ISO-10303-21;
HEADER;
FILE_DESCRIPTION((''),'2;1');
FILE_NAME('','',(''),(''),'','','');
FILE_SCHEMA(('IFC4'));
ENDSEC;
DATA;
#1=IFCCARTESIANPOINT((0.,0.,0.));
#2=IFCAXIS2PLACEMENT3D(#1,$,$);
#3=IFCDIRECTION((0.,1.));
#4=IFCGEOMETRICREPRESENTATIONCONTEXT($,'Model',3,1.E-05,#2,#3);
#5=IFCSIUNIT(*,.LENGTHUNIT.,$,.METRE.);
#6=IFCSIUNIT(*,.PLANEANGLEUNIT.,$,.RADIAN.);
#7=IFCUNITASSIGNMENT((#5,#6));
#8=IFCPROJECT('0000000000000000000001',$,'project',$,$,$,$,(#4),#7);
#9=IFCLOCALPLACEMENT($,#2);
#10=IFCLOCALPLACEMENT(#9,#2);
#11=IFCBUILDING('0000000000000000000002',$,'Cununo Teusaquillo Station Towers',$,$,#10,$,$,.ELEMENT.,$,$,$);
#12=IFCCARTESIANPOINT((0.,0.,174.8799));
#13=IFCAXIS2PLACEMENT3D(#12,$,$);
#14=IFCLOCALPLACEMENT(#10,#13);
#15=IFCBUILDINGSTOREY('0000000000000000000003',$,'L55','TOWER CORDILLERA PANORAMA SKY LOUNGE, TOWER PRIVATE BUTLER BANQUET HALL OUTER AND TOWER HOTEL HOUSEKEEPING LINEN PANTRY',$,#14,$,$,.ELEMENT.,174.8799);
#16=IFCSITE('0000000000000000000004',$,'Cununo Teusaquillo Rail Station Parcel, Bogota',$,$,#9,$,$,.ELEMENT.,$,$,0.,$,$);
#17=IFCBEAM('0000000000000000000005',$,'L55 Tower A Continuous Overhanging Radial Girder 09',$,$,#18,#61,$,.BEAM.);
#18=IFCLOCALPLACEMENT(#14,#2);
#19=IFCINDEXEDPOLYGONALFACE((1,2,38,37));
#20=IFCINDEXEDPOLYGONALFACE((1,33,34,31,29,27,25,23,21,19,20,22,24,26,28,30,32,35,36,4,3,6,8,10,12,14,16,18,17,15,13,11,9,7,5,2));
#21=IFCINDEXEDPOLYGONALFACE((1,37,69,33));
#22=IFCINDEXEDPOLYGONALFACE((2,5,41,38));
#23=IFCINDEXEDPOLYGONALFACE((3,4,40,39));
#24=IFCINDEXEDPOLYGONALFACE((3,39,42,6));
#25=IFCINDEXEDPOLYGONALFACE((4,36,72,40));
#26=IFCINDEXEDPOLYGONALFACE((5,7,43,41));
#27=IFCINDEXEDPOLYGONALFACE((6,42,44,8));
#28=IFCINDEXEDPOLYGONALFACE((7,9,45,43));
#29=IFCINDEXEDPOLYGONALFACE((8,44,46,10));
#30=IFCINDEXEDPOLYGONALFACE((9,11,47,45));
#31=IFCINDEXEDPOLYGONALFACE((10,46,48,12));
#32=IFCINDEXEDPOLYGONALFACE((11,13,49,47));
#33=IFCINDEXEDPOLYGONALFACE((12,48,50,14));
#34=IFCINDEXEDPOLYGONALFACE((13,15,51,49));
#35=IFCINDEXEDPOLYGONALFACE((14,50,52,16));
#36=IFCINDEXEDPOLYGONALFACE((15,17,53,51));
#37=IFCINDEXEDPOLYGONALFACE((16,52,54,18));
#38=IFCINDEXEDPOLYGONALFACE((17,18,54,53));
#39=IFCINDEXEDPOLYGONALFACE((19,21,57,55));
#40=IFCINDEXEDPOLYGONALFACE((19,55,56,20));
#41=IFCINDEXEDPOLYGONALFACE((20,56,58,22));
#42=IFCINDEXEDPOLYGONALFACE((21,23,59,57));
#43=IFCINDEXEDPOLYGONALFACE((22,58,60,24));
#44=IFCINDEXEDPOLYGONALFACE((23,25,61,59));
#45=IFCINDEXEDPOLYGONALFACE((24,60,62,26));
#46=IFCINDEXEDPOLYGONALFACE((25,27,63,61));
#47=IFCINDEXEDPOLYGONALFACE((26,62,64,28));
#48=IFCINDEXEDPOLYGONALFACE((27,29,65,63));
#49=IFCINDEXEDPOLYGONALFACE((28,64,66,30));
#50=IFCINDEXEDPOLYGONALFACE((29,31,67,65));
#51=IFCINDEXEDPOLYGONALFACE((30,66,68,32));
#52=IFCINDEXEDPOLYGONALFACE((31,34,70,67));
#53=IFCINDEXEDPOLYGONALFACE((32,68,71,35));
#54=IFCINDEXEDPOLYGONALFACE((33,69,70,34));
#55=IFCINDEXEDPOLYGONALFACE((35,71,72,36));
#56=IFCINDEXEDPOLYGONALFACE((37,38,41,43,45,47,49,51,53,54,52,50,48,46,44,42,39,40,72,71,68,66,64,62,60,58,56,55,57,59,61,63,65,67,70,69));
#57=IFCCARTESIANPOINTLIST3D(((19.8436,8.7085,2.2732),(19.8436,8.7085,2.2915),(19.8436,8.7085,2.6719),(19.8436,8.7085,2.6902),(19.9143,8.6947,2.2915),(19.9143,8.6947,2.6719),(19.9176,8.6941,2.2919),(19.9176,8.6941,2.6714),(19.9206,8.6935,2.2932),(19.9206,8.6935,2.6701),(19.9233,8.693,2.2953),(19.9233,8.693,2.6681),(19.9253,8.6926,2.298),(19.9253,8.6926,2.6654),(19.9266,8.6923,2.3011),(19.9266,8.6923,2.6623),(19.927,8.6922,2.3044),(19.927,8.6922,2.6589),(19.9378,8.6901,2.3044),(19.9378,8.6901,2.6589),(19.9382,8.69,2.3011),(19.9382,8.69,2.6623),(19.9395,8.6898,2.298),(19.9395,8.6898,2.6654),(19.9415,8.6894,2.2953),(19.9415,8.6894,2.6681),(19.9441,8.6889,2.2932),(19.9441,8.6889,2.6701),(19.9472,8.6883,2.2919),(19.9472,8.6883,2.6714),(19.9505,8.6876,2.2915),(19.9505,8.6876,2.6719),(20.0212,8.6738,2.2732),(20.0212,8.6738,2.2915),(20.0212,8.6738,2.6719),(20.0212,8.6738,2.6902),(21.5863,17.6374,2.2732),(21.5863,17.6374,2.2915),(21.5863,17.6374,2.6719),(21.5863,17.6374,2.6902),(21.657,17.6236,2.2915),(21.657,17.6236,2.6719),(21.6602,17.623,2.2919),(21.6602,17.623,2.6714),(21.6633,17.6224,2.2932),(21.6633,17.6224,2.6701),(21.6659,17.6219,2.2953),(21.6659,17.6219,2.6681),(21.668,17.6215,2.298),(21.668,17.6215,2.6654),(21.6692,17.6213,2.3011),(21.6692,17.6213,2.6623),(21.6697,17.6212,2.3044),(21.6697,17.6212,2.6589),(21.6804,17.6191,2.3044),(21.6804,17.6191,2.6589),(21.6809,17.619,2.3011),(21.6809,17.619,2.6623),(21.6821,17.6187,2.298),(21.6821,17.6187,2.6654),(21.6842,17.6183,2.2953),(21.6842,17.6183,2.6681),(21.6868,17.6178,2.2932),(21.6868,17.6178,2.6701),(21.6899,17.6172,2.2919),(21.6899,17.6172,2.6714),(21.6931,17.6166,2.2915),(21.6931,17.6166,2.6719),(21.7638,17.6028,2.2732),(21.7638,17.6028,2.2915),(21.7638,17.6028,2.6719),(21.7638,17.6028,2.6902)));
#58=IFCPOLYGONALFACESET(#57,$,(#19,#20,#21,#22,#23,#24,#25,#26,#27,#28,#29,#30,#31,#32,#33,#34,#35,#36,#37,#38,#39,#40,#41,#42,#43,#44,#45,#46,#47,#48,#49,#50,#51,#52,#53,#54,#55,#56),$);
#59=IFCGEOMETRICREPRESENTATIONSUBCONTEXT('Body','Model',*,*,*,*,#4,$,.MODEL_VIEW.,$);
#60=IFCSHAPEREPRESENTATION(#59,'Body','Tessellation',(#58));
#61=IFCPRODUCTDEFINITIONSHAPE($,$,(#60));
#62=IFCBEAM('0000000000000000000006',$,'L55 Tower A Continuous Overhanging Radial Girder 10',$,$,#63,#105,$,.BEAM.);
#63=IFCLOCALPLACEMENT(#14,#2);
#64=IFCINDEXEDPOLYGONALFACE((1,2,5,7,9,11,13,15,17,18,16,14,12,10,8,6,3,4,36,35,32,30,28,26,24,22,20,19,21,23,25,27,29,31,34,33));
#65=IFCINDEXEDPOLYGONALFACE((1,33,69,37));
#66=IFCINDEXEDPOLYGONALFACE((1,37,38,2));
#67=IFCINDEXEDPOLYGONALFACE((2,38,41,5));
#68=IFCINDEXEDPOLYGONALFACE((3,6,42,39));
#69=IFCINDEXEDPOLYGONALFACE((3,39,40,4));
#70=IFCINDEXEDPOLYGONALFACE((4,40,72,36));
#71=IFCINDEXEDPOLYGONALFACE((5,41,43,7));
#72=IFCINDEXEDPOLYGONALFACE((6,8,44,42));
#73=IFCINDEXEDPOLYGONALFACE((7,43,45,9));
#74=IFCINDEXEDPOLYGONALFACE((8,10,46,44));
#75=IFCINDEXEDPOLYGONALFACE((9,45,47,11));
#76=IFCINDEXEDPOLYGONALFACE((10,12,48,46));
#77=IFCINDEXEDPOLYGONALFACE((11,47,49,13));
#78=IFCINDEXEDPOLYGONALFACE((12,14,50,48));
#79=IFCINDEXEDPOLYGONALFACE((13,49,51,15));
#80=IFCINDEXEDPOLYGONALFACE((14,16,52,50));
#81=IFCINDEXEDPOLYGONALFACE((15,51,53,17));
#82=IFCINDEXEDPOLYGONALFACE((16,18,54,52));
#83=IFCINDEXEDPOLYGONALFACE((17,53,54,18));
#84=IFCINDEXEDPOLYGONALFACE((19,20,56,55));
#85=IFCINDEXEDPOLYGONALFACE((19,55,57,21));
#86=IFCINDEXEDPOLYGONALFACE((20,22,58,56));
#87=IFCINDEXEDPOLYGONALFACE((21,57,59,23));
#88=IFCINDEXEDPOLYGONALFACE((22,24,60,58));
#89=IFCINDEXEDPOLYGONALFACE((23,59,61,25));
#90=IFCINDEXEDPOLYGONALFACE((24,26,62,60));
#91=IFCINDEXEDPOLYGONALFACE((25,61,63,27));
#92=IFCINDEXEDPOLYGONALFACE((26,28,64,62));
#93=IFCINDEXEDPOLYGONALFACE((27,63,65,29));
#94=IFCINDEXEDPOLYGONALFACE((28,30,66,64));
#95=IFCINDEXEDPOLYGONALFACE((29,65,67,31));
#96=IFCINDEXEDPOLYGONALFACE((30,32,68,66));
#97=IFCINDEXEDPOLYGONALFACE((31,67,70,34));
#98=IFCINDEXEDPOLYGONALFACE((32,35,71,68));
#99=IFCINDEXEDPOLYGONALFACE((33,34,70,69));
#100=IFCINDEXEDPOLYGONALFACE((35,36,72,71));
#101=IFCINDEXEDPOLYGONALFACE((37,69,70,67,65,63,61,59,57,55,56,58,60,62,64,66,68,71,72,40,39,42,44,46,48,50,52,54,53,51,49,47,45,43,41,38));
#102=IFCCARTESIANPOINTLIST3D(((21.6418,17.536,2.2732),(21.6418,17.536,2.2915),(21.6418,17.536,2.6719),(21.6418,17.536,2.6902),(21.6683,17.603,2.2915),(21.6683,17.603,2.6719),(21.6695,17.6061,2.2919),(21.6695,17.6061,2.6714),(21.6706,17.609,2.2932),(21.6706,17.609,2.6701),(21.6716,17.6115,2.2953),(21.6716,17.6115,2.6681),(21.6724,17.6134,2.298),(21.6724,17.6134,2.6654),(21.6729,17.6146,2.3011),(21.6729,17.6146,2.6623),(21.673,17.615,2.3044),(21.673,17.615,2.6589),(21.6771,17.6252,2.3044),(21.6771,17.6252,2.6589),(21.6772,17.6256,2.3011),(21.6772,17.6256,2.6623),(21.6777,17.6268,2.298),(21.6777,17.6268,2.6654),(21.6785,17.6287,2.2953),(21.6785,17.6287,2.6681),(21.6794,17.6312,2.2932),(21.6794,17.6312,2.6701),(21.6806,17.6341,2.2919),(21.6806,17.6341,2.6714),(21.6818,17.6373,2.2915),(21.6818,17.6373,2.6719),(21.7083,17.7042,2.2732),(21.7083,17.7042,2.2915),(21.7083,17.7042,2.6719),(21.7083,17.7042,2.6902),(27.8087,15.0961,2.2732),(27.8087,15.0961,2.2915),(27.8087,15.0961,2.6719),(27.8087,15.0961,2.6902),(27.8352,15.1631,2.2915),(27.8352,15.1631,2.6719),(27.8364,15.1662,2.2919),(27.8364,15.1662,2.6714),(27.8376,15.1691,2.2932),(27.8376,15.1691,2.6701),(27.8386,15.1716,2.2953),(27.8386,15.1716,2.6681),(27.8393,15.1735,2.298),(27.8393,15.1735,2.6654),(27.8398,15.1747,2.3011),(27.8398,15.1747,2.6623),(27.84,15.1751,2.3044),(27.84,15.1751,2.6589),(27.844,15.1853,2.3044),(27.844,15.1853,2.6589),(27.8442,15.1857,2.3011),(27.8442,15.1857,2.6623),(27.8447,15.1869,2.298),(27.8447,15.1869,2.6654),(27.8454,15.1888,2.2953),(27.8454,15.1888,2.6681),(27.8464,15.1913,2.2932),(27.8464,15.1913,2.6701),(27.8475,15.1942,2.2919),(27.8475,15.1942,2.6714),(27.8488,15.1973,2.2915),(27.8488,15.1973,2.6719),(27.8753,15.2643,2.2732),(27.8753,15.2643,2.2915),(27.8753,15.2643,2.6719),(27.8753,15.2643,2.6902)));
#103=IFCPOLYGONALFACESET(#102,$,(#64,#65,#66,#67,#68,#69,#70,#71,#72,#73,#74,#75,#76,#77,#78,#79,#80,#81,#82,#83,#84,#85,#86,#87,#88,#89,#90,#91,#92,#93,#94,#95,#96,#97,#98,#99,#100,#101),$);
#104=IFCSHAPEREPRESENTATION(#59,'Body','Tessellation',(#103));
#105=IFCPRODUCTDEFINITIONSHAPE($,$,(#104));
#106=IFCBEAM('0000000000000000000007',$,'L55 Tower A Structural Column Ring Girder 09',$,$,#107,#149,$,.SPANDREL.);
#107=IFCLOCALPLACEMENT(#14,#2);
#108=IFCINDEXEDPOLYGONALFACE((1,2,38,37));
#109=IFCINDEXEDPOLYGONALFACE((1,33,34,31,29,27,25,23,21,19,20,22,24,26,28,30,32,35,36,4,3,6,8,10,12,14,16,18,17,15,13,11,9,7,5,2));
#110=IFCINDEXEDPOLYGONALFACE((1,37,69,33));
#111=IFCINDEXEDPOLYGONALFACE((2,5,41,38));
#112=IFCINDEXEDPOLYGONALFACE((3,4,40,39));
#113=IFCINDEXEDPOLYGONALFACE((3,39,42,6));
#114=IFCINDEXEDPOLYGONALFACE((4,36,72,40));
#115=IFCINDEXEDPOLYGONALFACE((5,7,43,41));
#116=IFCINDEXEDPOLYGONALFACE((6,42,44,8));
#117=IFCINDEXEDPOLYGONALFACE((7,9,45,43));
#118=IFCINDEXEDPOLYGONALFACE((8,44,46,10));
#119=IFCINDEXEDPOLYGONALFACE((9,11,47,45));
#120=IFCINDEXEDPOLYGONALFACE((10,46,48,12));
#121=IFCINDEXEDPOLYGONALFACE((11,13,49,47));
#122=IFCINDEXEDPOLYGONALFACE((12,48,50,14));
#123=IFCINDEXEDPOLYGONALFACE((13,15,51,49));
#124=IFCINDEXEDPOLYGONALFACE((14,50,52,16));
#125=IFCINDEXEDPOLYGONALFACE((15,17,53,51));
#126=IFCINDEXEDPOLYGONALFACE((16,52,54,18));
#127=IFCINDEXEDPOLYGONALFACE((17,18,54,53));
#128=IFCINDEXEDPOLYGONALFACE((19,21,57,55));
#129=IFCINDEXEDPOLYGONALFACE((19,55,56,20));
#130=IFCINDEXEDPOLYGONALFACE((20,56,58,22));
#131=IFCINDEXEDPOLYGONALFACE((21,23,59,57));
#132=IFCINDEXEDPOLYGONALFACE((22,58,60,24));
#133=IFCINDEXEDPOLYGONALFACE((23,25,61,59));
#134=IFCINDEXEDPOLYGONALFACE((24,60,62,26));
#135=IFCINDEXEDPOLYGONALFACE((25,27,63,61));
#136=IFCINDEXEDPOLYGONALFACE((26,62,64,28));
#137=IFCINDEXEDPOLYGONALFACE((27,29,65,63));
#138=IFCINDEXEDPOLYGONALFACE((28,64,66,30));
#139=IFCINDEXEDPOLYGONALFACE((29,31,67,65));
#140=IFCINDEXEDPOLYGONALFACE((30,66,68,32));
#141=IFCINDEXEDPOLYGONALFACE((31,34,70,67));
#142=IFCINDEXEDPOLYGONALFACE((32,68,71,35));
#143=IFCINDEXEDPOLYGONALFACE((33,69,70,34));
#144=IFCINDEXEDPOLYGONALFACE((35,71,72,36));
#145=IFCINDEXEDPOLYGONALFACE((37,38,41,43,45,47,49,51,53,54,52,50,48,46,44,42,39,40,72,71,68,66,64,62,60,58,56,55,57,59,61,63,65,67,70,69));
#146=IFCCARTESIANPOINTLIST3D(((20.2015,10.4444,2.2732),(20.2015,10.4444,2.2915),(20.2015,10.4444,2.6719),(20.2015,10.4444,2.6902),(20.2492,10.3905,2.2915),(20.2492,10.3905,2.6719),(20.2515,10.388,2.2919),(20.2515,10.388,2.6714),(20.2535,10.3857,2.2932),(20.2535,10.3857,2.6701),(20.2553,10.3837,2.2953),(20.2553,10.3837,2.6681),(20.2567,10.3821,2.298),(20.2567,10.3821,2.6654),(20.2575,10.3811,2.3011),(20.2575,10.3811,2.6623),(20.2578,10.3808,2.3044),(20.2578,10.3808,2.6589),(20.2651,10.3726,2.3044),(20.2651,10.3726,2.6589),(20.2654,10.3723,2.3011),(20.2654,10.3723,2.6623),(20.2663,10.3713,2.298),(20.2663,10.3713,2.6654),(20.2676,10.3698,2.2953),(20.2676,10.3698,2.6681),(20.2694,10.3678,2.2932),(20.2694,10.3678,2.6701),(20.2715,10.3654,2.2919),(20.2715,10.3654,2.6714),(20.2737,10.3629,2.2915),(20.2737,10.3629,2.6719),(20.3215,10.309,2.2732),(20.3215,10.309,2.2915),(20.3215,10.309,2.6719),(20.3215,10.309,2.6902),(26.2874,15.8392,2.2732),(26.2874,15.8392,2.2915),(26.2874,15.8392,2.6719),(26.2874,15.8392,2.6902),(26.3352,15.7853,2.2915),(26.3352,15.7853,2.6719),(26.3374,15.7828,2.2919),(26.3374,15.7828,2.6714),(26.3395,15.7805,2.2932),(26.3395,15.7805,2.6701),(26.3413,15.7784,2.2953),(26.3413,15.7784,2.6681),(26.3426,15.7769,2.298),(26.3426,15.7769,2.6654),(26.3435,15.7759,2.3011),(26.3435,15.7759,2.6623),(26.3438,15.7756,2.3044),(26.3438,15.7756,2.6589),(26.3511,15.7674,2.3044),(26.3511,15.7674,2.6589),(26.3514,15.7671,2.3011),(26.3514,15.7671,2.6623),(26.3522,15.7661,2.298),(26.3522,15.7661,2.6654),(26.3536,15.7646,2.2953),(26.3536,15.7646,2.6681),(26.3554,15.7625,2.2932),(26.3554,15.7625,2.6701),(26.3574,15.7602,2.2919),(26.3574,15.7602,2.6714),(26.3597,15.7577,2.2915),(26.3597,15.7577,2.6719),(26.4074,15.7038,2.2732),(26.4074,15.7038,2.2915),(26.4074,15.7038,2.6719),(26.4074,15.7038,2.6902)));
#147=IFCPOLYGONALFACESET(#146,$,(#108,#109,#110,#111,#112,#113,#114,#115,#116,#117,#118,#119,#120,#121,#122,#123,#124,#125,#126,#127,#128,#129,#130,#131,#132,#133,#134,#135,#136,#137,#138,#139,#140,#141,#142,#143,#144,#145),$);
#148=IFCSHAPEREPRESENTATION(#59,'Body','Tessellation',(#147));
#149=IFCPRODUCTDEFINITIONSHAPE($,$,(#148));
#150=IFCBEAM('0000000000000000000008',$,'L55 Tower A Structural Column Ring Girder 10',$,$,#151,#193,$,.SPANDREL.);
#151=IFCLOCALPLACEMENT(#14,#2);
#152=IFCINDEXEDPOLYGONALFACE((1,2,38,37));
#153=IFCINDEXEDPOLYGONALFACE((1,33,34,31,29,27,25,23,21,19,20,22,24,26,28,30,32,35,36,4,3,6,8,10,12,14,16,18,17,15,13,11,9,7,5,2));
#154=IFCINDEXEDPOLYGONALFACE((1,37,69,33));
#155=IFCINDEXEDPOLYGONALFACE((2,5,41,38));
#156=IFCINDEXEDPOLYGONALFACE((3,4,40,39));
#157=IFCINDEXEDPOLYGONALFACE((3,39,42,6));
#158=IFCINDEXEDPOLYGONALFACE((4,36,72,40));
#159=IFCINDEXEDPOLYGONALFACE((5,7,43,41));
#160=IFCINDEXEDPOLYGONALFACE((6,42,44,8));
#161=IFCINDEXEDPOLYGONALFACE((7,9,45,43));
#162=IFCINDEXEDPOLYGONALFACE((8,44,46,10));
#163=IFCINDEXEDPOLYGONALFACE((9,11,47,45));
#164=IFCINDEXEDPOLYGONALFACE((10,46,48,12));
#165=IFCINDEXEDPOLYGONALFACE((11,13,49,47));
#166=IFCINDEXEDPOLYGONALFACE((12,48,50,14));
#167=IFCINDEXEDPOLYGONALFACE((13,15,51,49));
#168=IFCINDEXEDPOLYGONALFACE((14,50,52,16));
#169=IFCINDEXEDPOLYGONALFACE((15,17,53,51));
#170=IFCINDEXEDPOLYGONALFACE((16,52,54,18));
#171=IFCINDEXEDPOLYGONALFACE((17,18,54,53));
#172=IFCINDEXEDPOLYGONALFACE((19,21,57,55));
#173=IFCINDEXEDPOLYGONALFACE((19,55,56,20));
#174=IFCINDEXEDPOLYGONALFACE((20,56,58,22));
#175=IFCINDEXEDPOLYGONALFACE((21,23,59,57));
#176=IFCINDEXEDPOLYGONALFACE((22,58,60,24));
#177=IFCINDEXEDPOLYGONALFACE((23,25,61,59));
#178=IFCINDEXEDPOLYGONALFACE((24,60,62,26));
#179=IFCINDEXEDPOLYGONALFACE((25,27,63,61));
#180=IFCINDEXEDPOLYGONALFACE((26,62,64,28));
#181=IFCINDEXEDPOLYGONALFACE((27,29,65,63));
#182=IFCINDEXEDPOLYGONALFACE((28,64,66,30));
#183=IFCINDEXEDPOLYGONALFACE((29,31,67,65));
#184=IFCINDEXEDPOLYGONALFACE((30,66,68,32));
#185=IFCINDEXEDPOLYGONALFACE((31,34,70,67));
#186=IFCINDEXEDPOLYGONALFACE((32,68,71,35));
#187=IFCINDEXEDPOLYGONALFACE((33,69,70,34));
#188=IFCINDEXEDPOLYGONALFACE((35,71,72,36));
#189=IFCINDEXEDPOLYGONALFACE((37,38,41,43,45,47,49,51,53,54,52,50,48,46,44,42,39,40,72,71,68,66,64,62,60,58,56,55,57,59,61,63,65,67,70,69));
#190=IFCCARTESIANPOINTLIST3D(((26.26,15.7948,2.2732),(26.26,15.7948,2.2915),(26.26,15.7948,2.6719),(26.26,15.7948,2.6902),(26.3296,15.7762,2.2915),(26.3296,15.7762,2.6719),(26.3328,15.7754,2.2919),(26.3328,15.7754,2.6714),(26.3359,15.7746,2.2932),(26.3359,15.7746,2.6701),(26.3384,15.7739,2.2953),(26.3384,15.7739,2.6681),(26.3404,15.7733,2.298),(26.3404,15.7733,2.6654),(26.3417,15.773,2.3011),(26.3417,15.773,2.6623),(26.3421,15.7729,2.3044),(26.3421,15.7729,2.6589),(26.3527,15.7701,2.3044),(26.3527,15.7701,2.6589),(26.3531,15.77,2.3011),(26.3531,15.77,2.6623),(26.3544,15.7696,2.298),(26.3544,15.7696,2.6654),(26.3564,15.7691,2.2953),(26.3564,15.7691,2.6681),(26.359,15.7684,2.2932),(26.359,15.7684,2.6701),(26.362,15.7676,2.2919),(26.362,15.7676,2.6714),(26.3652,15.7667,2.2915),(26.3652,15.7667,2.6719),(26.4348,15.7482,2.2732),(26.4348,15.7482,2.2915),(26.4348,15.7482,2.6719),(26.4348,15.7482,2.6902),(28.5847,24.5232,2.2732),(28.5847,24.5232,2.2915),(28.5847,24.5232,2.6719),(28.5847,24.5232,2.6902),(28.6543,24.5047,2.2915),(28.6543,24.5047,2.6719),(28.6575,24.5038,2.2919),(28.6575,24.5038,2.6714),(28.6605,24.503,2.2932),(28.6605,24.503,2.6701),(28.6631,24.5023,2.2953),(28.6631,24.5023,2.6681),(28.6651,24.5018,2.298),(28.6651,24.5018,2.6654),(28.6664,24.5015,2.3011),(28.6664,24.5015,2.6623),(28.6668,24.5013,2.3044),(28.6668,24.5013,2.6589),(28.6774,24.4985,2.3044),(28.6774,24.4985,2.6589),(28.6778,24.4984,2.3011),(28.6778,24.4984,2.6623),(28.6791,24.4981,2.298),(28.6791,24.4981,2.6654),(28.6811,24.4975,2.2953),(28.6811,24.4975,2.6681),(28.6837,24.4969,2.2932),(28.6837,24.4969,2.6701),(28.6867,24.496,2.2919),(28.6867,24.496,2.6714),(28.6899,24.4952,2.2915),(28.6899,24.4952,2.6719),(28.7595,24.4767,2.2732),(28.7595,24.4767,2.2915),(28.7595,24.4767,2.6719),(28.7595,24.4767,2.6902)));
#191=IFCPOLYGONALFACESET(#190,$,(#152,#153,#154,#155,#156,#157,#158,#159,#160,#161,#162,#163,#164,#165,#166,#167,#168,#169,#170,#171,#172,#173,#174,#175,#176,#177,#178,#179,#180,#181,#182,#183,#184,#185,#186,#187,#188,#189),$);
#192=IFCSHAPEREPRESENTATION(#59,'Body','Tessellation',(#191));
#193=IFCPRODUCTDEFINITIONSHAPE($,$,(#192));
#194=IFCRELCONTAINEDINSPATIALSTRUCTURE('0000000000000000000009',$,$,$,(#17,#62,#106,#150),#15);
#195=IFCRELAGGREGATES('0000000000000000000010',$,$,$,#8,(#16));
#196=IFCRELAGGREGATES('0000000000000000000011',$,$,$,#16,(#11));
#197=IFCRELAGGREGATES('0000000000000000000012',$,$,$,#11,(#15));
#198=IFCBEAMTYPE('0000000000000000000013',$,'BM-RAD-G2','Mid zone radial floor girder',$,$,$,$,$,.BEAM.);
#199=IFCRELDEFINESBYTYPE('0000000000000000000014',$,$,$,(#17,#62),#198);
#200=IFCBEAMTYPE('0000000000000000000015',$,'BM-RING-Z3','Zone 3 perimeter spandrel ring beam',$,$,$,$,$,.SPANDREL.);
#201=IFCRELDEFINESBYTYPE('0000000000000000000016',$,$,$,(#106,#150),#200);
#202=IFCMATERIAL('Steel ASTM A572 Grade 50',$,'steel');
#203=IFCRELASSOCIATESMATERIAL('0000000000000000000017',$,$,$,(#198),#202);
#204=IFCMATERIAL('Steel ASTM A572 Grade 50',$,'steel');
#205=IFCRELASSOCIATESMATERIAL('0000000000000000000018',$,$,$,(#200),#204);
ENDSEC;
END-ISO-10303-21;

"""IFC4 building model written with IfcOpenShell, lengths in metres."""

from ifc_helpers import new_model, si_unit, direction, frame, origin, origin_2d, place, context, subcontext, project, spatial, i_section, extrude, material, material_profile, profile_set, type_object, element, save


model = new_model("IFC4")

# Units and contexts
model_context = context("Model", 3, precision=1e-05, world=origin(), true_north=direction((0.0, 1.0)))
body_context = subcontext(model_context, "Body", "Model", "MODEL_VIEW")
ifc_project = project(units=[si_unit("LENGTHUNIT", "METRE"), si_unit("PLANEANGLEUNIT", "RADIAN")], contexts=[model_context])

# Site, building, storey
site_placement = place(None, origin())
site = spatial("IfcSite", under=ifc_project, at=site_placement, Name="Cununo Teusaquillo Rail Station Parcel, Bogota", CompositionType="ELEMENT", RefElevation=0.0)
building_placement = place(site_placement, origin())
building = spatial("IfcBuilding", under=site, at=building_placement, Name="Cununo Teusaquillo Station Towers", CompositionType="ELEMENT")
storey_placement = place(building_placement, frame((0.0, 0.0, 174.8799)))
storey = spatial("IfcBuildingStorey", under=building, at=storey_placement, Name="L55", Description="TOWER CORDILLERA PANORAMA SKY LOUNGE, TOWER PRIVATE BUTLER BANQUET HALL OUTER AND TOWER HOTEL HOUSEKEEPING LINEN PANTRY", CompositionType="ELEMENT", Elevation=174.8799)

# Beams
ifc_material_1 = material(Name="Steel ASTM A572 Grade 50", Category="steel")
ifc_material_profile_1 = material_profile(ifc_material_1, i_section(OverallWidth=0.1809, OverallDepth=0.417, WebThickness=0.011, FlangeThickness=0.0183, FilletRadius=0.0129, at=origin_2d()), Name="W16X57")
ifc_profile_set_1 = profile_set([ifc_material_profile_1], Name="Steel ASTM A572 Grade 50")
beam_type_1 = type_object("IfcBeamType", Name="BM-RAD-G2", Description="Mid zone radial floor girder", PredefinedType="BEAM", material=ifc_profile_set_1)
beam_1_placement = place(storey_placement, frame((21.675, 17.6201, 2.4817), z_axis=(-0.191557, -0.981481, 0.0), x_axis=(0.981481, -0.191557, 0.0)))
element("IfcBeam", 1, at=beam_1_placement, inside=storey, type_object=beam_type_1, Name="L55 Tower A Continuous Overhanging Radial Girder 09", PredefinedType="BEAM", context=body_context, shape_type="SweptSolid", body=[
    extrude(i_section(OverallWidth=0.1809, OverallDepth=0.417, WebThickness=0.011, FlangeThickness=0.0183, FilletRadius=0.0129, at=origin_2d()), origin(), (0.0, 0.0, 1.0), 9.0974),
])
beam_2_placement = place(storey_placement, frame((21.675, 17.6201, 2.4817), z_axis=(0.929866, -0.367897, 0.0), x_axis=(0.367897, 0.929866, 0.0)))
element("IfcBeam", 2, at=beam_2_placement, inside=storey, type_object=beam_type_1, Name="L55 Tower A Continuous Overhanging Radial Girder 10", PredefinedType="BEAM", context=body_context, shape_type="SweptSolid", body=[
    extrude(i_section(OverallWidth=0.1809, OverallDepth=0.417, WebThickness=0.011, FlangeThickness=0.0183, FilletRadius=0.0129, at=origin_2d()), origin(), (0.0, 0.0, 1.0), 6.6321),
])
ifc_material_2 = material(Name="Steel ASTM A572 Grade 50", Category="steel")
ifc_material_profile_2 = material_profile(ifc_material_2, i_section(OverallWidth=0.1809, OverallDepth=0.417, WebThickness=0.011, FlangeThickness=0.0183, FilletRadius=0.0129, at=origin_2d()), Name="W16X57")
ifc_profile_set_2 = profile_set([ifc_material_profile_2], Name="Steel ASTM A572 Grade 50")
beam_type_2 = type_object("IfcBeamType", Name="BM-RING-Z3", Description="Zone 3 perimeter spandrel ring beam", PredefinedType="SPANDREL", material=ifc_profile_set_2)
beam_3_placement = place(storey_placement, frame((20.2615, 10.3767, 2.4817), z_axis=(0.748321, 0.663337, 0.0), x_axis=(-0.663337, 0.748321, 0.0)))
element("IfcBeam", 3, at=beam_3_placement, inside=storey, type_object=beam_type_2, Name="L55 Tower A Structural Column Ring Girder 09", PredefinedType="SPANDREL", context=body_context, shape_type="SweptSolid", body=[
    extrude(i_section(OverallWidth=0.1809, OverallDepth=0.417, WebThickness=0.011, FlangeThickness=0.0183, FilletRadius=0.0129, at=origin_2d()), origin(), (0.0, 0.0, 1.0), 8.1328),
])
beam_4_placement = place(storey_placement, frame((26.3474, 15.7715, 2.4817), z_axis=(0.257363, 0.966315, 0.0), x_axis=(-0.966315, 0.257363, 0.0)))
element("IfcBeam", 4, at=beam_4_placement, inside=storey, type_object=beam_type_2, Name="L55 Tower A Structural Column Ring Girder 10", PredefinedType="SPANDREL", context=body_context, shape_type="SweptSolid", body=[
    extrude(i_section(OverallWidth=0.1809, OverallDepth=0.417, WebThickness=0.011, FlangeThickness=0.0183, FilletRadius=0.0129, at=origin_2d()), origin(), (0.0, 0.0, 1.0), 9.0327),
])

save(model, "model.ifc")
